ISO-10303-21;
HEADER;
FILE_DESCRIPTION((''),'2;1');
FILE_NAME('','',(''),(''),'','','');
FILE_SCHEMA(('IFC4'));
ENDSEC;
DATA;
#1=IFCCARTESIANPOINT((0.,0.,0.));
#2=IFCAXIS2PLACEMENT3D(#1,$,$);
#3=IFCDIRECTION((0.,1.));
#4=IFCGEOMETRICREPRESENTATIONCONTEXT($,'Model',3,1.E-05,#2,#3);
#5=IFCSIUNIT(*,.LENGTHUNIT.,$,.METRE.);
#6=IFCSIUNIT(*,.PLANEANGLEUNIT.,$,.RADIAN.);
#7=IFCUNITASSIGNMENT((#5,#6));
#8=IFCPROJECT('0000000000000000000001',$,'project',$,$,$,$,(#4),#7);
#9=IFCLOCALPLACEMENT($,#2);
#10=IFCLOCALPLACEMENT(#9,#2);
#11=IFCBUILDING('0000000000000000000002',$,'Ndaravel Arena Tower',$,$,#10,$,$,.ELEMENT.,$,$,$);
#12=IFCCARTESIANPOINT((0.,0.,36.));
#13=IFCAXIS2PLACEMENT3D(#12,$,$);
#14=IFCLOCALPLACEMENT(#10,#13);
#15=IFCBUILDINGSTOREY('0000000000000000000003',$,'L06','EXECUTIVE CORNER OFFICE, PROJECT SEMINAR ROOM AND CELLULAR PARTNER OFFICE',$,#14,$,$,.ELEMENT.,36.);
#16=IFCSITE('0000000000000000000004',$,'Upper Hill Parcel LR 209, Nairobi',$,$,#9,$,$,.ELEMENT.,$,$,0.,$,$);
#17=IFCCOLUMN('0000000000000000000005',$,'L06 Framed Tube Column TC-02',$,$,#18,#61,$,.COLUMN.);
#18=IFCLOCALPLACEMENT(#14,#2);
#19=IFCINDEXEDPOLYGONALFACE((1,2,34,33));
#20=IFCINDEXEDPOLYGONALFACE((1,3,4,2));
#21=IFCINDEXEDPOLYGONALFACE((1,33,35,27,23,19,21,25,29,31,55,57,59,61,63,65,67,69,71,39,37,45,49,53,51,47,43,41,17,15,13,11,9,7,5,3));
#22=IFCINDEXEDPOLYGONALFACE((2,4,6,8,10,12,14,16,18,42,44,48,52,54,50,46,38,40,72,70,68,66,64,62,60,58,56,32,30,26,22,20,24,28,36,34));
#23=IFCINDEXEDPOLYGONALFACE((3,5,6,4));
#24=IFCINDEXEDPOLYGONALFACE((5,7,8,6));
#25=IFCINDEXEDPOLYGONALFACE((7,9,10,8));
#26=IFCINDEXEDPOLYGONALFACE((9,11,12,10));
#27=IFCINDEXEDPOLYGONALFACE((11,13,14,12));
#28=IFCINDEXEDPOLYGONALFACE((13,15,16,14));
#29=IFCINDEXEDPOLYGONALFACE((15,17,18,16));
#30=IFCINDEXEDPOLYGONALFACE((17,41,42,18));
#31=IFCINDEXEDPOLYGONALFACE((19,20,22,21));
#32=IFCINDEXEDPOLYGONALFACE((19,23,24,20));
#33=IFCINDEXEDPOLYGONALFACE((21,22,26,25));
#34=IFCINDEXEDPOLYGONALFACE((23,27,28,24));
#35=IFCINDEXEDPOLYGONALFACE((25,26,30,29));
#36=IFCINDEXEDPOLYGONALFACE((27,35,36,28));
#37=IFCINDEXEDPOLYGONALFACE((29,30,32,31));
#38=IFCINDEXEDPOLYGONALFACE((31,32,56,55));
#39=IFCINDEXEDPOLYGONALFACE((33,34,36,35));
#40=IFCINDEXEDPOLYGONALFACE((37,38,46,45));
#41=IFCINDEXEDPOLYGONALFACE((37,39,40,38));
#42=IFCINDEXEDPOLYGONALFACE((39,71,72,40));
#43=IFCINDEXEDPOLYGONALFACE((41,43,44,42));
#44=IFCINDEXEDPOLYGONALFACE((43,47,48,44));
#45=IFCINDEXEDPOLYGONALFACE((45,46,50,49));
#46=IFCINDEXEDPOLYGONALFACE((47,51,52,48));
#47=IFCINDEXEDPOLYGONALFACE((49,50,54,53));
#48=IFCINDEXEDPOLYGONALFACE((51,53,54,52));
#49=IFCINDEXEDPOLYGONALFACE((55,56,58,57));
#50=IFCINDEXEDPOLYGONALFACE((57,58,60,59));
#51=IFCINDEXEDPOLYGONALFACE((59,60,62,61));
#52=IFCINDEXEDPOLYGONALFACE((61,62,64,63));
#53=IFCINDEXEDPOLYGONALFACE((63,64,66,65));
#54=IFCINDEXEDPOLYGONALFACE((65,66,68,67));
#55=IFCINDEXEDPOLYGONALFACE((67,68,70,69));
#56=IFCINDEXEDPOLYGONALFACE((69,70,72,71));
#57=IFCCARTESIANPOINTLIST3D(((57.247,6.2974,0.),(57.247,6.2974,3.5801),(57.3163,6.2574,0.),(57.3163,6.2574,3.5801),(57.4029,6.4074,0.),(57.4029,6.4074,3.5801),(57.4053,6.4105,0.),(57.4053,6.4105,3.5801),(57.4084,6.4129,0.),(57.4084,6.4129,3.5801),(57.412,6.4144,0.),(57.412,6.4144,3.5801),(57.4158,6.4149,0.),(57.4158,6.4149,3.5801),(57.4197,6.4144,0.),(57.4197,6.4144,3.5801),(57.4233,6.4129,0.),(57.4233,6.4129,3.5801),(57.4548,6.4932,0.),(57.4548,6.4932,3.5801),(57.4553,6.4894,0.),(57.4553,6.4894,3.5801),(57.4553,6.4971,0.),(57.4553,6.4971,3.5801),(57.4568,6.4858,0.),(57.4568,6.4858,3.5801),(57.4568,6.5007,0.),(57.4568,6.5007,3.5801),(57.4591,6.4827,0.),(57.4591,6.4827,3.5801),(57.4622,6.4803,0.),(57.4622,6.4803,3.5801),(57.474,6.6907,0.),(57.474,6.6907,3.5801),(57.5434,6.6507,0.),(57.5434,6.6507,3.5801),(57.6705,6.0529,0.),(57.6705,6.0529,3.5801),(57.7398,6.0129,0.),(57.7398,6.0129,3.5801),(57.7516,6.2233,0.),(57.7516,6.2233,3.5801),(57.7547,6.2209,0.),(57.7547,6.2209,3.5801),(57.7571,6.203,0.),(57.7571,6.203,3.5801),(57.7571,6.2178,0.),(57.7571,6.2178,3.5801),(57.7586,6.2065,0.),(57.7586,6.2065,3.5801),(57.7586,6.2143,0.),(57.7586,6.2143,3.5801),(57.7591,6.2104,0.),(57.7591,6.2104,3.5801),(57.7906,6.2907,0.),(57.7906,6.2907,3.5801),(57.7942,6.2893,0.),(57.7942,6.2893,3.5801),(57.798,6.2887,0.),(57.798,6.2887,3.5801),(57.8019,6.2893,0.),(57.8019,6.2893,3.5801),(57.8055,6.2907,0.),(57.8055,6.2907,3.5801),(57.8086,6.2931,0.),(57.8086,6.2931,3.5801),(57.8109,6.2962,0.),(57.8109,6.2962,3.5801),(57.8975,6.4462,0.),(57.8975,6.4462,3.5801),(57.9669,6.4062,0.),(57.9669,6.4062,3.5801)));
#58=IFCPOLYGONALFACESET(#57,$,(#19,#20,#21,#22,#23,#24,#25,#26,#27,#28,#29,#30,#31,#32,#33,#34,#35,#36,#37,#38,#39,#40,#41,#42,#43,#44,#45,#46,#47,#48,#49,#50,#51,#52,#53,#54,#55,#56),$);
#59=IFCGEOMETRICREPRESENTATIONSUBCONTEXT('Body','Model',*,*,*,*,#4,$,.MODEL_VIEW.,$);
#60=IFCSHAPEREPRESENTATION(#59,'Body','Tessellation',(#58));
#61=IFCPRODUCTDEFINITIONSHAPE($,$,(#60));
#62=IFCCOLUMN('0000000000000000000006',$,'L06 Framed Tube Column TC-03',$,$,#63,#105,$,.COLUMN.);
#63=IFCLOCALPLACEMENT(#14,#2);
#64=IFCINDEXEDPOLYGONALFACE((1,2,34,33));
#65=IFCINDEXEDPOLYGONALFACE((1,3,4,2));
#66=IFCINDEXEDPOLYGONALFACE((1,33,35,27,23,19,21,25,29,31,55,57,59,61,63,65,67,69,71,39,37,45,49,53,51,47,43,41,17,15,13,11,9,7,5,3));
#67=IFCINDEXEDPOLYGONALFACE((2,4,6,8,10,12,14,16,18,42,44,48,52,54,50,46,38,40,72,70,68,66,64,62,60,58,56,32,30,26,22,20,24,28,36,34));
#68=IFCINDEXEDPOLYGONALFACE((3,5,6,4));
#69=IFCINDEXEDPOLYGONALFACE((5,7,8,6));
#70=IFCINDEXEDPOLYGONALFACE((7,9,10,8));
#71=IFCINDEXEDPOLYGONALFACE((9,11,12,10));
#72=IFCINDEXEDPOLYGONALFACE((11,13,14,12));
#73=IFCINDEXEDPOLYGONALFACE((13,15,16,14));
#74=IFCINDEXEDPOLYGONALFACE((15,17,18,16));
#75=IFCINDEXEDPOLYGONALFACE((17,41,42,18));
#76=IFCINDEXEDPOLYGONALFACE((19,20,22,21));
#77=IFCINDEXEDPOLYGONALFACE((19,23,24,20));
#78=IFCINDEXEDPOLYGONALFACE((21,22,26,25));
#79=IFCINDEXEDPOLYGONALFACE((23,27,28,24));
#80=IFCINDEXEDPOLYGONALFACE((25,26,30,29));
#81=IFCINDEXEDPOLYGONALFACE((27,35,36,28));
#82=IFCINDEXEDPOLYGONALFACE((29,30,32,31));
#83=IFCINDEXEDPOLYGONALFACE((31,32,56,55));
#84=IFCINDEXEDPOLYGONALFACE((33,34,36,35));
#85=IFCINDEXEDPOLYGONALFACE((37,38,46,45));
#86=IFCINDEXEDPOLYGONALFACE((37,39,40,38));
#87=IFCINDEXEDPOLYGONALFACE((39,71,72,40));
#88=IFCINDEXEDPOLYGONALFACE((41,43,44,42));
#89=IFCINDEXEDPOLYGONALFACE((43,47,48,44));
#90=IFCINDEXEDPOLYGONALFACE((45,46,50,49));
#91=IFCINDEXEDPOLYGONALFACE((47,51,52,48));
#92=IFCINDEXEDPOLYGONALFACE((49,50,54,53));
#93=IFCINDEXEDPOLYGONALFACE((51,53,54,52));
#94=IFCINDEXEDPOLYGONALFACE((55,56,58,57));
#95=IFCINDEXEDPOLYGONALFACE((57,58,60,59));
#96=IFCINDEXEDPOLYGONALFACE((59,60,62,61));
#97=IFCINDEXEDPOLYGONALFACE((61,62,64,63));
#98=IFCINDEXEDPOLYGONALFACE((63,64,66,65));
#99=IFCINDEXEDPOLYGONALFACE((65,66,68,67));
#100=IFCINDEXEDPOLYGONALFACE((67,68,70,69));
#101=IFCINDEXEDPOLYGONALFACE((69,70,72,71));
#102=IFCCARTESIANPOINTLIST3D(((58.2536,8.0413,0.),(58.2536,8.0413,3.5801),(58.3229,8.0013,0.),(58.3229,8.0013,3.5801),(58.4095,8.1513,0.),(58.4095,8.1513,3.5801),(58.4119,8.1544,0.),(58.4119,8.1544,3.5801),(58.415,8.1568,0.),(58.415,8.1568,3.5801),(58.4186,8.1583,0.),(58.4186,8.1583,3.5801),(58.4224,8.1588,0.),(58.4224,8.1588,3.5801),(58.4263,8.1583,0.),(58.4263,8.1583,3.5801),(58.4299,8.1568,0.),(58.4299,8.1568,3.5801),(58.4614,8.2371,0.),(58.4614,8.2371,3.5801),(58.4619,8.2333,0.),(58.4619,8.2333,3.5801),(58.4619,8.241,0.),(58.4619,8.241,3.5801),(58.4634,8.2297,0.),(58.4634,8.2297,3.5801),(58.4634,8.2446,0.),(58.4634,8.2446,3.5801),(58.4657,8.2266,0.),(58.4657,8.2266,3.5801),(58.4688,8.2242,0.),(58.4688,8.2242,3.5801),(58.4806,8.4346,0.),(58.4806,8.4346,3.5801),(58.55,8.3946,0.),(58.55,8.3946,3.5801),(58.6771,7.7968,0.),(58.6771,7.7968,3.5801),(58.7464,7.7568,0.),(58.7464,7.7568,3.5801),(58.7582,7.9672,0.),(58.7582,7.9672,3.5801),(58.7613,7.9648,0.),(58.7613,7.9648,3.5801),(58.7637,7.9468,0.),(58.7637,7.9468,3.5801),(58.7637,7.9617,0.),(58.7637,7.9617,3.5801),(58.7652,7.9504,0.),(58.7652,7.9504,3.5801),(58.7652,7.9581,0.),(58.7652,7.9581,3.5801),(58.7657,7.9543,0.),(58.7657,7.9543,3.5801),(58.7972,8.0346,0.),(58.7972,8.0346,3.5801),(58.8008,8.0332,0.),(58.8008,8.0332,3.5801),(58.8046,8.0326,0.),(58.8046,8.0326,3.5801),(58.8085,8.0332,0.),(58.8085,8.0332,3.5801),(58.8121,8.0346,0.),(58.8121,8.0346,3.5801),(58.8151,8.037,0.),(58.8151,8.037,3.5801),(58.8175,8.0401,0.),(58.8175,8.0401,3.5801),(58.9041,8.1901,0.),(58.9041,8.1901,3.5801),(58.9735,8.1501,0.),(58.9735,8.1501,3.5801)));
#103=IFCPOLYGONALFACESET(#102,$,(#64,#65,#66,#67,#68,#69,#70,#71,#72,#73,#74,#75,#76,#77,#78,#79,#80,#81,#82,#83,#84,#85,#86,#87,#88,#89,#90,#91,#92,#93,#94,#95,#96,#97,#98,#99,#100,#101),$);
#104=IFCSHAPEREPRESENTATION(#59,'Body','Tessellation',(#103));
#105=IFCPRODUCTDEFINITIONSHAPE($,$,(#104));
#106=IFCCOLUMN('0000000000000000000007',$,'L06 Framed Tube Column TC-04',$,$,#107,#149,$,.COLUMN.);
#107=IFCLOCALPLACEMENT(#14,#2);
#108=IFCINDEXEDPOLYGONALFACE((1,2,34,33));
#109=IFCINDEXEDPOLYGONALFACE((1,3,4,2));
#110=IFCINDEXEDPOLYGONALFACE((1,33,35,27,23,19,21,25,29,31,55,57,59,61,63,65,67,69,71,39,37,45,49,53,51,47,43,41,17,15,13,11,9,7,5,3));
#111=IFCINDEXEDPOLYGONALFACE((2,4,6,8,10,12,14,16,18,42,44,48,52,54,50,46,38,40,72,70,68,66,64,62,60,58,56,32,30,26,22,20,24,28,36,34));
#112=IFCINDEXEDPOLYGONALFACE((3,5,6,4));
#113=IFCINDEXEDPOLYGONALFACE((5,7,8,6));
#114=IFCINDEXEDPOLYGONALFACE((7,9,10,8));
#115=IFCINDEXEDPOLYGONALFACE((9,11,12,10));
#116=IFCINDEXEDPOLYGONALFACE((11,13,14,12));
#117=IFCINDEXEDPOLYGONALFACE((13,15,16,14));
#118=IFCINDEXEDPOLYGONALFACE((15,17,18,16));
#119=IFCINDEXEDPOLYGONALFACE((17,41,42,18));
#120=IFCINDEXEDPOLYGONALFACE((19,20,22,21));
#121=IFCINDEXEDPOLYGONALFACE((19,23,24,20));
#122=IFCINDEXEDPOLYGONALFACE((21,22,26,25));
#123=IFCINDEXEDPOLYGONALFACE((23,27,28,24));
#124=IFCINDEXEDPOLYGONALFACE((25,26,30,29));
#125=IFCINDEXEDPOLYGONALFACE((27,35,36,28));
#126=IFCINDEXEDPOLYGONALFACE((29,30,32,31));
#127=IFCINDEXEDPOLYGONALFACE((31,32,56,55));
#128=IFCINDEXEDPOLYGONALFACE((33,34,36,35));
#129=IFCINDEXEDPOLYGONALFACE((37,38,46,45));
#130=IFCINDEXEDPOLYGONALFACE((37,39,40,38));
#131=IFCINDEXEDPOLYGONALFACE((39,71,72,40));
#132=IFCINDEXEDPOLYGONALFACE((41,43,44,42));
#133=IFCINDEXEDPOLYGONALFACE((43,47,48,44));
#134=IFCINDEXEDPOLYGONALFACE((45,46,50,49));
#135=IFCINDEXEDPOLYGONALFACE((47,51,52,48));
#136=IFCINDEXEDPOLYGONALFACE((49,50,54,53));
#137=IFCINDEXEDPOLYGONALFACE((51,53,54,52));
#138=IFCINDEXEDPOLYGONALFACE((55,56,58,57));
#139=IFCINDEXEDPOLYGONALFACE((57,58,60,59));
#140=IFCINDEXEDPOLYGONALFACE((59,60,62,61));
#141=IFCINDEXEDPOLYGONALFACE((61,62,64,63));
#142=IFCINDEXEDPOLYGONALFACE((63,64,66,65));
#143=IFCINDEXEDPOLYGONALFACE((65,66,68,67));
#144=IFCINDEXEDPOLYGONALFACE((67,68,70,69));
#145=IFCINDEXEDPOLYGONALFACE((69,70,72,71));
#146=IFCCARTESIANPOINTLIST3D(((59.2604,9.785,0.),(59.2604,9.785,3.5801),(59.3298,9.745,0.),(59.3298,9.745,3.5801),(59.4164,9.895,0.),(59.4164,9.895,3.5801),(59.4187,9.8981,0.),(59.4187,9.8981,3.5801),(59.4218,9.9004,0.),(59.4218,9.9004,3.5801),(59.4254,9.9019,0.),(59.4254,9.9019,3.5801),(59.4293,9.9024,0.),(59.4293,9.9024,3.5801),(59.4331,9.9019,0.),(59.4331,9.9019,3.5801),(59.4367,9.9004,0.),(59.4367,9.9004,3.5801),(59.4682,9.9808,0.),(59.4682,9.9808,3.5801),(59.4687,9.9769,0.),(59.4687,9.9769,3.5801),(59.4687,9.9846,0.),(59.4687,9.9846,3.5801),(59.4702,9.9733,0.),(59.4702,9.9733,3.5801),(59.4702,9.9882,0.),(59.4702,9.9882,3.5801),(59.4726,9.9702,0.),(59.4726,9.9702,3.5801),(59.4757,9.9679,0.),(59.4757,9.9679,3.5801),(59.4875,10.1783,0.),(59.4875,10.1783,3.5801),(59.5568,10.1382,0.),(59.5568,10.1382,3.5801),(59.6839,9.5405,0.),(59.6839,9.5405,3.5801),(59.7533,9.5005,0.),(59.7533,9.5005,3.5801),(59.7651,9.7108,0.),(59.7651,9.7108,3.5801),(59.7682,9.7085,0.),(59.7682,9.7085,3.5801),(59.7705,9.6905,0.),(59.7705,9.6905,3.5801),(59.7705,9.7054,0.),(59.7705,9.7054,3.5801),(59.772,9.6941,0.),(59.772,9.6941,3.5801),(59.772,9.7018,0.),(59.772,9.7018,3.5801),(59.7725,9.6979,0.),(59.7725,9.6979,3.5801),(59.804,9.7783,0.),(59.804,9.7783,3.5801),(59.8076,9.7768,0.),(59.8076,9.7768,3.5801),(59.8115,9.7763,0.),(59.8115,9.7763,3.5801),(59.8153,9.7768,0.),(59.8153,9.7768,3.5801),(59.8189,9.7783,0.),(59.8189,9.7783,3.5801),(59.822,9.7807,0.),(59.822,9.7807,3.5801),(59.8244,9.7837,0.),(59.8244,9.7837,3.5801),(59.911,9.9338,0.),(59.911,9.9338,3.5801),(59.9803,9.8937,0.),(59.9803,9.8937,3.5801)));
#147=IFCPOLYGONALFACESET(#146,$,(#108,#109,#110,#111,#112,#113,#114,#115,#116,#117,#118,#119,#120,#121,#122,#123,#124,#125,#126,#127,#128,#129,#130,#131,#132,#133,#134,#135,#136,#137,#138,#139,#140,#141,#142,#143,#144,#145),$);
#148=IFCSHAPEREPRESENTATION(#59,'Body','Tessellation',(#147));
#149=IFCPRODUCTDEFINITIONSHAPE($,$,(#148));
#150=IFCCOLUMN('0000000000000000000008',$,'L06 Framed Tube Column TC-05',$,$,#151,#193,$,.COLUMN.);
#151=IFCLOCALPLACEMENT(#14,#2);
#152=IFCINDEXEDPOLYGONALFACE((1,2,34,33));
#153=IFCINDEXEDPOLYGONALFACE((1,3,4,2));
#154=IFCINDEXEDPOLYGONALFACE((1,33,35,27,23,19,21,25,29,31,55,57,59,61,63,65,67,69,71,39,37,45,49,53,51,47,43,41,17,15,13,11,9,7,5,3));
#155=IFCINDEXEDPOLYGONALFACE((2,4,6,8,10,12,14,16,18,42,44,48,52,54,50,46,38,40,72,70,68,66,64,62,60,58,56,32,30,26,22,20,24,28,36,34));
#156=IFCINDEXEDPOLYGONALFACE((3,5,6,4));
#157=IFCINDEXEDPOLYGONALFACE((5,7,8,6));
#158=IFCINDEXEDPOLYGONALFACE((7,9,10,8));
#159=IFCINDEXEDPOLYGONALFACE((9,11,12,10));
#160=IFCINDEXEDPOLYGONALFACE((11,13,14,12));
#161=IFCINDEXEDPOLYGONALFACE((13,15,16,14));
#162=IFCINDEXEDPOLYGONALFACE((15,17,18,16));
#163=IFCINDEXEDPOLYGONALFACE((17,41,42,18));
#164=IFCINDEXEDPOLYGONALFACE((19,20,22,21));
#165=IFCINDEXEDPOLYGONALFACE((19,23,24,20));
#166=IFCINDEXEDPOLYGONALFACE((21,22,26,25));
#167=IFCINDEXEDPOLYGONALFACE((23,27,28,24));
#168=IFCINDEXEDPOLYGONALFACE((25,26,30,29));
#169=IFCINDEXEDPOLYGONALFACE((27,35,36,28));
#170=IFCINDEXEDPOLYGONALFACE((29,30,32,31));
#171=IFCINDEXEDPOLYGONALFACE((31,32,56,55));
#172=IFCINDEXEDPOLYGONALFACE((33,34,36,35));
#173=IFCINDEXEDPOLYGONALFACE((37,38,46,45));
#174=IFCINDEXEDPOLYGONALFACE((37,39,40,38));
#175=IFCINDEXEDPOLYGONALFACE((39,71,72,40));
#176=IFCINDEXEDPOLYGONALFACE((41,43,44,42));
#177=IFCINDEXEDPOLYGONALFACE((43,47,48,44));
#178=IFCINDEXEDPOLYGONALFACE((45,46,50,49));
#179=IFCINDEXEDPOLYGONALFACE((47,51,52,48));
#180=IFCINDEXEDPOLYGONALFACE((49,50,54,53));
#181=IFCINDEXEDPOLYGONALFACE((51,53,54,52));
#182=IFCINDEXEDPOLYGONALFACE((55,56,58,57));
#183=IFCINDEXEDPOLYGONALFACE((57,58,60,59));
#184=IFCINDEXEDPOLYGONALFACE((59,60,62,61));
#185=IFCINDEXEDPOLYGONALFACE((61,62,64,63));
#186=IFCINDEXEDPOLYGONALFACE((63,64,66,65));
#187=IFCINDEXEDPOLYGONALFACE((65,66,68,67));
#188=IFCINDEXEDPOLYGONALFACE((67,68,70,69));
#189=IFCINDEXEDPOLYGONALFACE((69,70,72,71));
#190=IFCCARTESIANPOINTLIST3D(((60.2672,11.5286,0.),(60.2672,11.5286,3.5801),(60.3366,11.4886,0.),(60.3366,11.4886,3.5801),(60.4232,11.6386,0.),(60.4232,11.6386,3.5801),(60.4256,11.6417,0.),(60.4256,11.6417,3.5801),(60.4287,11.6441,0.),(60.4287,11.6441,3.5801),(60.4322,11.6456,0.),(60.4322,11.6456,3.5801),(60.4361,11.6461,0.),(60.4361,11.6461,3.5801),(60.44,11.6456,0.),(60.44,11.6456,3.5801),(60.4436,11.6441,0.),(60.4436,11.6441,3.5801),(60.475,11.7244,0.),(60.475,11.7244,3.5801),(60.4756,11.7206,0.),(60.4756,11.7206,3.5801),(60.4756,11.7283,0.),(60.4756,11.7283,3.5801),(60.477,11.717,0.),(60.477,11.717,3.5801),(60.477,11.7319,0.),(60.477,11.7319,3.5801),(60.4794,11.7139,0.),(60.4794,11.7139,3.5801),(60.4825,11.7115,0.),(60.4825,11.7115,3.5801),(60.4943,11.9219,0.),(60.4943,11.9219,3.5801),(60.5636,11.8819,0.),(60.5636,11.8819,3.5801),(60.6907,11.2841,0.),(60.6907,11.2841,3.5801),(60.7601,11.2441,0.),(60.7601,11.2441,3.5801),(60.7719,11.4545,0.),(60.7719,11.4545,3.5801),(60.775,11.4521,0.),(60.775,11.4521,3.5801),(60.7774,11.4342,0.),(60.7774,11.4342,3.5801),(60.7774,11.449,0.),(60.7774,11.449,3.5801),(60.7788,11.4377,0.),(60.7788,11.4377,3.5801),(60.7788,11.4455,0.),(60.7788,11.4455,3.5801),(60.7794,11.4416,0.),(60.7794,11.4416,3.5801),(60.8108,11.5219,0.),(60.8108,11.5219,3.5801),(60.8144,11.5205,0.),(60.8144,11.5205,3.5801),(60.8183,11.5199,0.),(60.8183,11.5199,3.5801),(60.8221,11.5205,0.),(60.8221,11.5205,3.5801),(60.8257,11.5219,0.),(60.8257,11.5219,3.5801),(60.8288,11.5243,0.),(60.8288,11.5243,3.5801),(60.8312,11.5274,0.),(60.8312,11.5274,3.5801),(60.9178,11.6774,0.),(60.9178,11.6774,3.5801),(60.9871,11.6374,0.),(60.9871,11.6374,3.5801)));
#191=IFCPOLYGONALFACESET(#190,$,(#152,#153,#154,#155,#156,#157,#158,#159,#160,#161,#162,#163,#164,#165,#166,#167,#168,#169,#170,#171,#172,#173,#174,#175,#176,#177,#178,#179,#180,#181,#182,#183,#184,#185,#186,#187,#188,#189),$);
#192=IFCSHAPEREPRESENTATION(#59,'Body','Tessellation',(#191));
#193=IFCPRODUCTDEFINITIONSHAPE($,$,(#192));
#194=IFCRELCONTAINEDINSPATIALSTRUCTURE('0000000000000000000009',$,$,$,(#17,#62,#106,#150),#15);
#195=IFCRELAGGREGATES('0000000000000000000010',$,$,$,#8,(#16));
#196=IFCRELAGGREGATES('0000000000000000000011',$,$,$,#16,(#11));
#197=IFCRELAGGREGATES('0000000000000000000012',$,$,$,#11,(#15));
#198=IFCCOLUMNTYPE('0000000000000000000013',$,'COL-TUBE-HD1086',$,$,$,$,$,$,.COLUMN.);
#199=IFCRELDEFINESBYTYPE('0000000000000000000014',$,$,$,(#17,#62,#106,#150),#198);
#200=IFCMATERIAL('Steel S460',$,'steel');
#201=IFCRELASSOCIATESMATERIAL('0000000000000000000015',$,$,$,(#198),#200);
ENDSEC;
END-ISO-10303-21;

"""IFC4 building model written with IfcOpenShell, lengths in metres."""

from ifc_helpers import new_model, si_unit, direction, frame, origin, origin_2d, place, context, subcontext, project, spatial, i_section, extrude, material, material_profile, profile_set, type_object, element, save


model = new_model("IFC4")

# Units and contexts
model_context = context("Model", 3, precision=1e-05, world=origin(), true_north=direction((0.0, 1.0)))
body_context = subcontext(model_context, "Body", "Model", "MODEL_VIEW")
ifc_project = project(units=[si_unit("LENGTHUNIT", "METRE"), si_unit("PLANEANGLEUNIT", "RADIAN")], contexts=[model_context])

# Site, building, storey
site_placement = place(None, origin())
site = spatial("IfcSite", under=ifc_project, at=site_placement, Name="Upper Hill Parcel LR 209, Nairobi", CompositionType="ELEMENT", RefElevation=0.0)
building_placement = place(site_placement, origin())
building = spatial("IfcBuilding", under=site, at=building_placement, Name="Ndaravel Arena Tower", CompositionType="ELEMENT")
storey_placement = place(building_placement, frame((0.0, 0.0, 36.0)))
storey = spatial("IfcBuildingStorey", under=building, at=storey_placement, Name="L06", Description="EXECUTIVE CORNER OFFICE, PROJECT SEMINAR ROOM AND CELLULAR PARTNER OFFICE", CompositionType="ELEMENT", Elevation=36.0)

# Columns
ifc_material_1 = material(Name="Steel S460", Category="steel")
ifc_material_profile_1 = material_profile(ifc_material_1, i_section(OverallWidth=0.4541, OverallDepth=0.5691, WebThickness=0.0779, FlangeThickness=0.0801, FilletRadius=0.0149, at=origin_2d()), Name="HD 400x1086")
ifc_profile_set_1 = profile_set([ifc_material_profile_1], Name="Steel S460")
column_type = type_object("IfcColumnType", Name="COL-TUBE-HD1086", PredefinedType="COLUMN", material=ifc_profile_set_1)
for number, where, z_axis, x_axis, name in (
    (1, (57.6069, 6.3518, 0.0), (0.0, 0.0, 1.0), (0.5, 0.866025, 0.0), "L06 Framed Tube Column TC-02"),
    (2, (58.6135, 8.0957, 0.0), (0.0, 0.0, 1.0), (0.5, 0.866025, 0.0), "L06 Framed Tube Column TC-03"),
    (3, (59.6204, 9.8394, 0.0), (0.0, 0.0, 1.0), (0.5, 0.866025, 0.0), "L06 Framed Tube Column TC-04"),
    (4, (60.6272, 11.583, 0.0), (0.0, 0.0, 1.0), (0.5, 0.866025, 0.0), "L06 Framed Tube Column TC-05"),
):
    element("IfcColumn", number, at=place(storey_placement, frame(where, z_axis=z_axis, x_axis=x_axis)), inside=storey, type_object=column_type, Name=name, PredefinedType="COLUMN", context=body_context, shape_type="SweptSolid", body=[
        extrude(i_section(OverallWidth=0.4541, OverallDepth=0.5691, WebThickness=0.0779, FlangeThickness=0.0801, FilletRadius=0.0149, at=origin_2d()), origin(), (0.0, 0.0, 1.0), 3.5801),
    ])

save(model, "model.ifc")
